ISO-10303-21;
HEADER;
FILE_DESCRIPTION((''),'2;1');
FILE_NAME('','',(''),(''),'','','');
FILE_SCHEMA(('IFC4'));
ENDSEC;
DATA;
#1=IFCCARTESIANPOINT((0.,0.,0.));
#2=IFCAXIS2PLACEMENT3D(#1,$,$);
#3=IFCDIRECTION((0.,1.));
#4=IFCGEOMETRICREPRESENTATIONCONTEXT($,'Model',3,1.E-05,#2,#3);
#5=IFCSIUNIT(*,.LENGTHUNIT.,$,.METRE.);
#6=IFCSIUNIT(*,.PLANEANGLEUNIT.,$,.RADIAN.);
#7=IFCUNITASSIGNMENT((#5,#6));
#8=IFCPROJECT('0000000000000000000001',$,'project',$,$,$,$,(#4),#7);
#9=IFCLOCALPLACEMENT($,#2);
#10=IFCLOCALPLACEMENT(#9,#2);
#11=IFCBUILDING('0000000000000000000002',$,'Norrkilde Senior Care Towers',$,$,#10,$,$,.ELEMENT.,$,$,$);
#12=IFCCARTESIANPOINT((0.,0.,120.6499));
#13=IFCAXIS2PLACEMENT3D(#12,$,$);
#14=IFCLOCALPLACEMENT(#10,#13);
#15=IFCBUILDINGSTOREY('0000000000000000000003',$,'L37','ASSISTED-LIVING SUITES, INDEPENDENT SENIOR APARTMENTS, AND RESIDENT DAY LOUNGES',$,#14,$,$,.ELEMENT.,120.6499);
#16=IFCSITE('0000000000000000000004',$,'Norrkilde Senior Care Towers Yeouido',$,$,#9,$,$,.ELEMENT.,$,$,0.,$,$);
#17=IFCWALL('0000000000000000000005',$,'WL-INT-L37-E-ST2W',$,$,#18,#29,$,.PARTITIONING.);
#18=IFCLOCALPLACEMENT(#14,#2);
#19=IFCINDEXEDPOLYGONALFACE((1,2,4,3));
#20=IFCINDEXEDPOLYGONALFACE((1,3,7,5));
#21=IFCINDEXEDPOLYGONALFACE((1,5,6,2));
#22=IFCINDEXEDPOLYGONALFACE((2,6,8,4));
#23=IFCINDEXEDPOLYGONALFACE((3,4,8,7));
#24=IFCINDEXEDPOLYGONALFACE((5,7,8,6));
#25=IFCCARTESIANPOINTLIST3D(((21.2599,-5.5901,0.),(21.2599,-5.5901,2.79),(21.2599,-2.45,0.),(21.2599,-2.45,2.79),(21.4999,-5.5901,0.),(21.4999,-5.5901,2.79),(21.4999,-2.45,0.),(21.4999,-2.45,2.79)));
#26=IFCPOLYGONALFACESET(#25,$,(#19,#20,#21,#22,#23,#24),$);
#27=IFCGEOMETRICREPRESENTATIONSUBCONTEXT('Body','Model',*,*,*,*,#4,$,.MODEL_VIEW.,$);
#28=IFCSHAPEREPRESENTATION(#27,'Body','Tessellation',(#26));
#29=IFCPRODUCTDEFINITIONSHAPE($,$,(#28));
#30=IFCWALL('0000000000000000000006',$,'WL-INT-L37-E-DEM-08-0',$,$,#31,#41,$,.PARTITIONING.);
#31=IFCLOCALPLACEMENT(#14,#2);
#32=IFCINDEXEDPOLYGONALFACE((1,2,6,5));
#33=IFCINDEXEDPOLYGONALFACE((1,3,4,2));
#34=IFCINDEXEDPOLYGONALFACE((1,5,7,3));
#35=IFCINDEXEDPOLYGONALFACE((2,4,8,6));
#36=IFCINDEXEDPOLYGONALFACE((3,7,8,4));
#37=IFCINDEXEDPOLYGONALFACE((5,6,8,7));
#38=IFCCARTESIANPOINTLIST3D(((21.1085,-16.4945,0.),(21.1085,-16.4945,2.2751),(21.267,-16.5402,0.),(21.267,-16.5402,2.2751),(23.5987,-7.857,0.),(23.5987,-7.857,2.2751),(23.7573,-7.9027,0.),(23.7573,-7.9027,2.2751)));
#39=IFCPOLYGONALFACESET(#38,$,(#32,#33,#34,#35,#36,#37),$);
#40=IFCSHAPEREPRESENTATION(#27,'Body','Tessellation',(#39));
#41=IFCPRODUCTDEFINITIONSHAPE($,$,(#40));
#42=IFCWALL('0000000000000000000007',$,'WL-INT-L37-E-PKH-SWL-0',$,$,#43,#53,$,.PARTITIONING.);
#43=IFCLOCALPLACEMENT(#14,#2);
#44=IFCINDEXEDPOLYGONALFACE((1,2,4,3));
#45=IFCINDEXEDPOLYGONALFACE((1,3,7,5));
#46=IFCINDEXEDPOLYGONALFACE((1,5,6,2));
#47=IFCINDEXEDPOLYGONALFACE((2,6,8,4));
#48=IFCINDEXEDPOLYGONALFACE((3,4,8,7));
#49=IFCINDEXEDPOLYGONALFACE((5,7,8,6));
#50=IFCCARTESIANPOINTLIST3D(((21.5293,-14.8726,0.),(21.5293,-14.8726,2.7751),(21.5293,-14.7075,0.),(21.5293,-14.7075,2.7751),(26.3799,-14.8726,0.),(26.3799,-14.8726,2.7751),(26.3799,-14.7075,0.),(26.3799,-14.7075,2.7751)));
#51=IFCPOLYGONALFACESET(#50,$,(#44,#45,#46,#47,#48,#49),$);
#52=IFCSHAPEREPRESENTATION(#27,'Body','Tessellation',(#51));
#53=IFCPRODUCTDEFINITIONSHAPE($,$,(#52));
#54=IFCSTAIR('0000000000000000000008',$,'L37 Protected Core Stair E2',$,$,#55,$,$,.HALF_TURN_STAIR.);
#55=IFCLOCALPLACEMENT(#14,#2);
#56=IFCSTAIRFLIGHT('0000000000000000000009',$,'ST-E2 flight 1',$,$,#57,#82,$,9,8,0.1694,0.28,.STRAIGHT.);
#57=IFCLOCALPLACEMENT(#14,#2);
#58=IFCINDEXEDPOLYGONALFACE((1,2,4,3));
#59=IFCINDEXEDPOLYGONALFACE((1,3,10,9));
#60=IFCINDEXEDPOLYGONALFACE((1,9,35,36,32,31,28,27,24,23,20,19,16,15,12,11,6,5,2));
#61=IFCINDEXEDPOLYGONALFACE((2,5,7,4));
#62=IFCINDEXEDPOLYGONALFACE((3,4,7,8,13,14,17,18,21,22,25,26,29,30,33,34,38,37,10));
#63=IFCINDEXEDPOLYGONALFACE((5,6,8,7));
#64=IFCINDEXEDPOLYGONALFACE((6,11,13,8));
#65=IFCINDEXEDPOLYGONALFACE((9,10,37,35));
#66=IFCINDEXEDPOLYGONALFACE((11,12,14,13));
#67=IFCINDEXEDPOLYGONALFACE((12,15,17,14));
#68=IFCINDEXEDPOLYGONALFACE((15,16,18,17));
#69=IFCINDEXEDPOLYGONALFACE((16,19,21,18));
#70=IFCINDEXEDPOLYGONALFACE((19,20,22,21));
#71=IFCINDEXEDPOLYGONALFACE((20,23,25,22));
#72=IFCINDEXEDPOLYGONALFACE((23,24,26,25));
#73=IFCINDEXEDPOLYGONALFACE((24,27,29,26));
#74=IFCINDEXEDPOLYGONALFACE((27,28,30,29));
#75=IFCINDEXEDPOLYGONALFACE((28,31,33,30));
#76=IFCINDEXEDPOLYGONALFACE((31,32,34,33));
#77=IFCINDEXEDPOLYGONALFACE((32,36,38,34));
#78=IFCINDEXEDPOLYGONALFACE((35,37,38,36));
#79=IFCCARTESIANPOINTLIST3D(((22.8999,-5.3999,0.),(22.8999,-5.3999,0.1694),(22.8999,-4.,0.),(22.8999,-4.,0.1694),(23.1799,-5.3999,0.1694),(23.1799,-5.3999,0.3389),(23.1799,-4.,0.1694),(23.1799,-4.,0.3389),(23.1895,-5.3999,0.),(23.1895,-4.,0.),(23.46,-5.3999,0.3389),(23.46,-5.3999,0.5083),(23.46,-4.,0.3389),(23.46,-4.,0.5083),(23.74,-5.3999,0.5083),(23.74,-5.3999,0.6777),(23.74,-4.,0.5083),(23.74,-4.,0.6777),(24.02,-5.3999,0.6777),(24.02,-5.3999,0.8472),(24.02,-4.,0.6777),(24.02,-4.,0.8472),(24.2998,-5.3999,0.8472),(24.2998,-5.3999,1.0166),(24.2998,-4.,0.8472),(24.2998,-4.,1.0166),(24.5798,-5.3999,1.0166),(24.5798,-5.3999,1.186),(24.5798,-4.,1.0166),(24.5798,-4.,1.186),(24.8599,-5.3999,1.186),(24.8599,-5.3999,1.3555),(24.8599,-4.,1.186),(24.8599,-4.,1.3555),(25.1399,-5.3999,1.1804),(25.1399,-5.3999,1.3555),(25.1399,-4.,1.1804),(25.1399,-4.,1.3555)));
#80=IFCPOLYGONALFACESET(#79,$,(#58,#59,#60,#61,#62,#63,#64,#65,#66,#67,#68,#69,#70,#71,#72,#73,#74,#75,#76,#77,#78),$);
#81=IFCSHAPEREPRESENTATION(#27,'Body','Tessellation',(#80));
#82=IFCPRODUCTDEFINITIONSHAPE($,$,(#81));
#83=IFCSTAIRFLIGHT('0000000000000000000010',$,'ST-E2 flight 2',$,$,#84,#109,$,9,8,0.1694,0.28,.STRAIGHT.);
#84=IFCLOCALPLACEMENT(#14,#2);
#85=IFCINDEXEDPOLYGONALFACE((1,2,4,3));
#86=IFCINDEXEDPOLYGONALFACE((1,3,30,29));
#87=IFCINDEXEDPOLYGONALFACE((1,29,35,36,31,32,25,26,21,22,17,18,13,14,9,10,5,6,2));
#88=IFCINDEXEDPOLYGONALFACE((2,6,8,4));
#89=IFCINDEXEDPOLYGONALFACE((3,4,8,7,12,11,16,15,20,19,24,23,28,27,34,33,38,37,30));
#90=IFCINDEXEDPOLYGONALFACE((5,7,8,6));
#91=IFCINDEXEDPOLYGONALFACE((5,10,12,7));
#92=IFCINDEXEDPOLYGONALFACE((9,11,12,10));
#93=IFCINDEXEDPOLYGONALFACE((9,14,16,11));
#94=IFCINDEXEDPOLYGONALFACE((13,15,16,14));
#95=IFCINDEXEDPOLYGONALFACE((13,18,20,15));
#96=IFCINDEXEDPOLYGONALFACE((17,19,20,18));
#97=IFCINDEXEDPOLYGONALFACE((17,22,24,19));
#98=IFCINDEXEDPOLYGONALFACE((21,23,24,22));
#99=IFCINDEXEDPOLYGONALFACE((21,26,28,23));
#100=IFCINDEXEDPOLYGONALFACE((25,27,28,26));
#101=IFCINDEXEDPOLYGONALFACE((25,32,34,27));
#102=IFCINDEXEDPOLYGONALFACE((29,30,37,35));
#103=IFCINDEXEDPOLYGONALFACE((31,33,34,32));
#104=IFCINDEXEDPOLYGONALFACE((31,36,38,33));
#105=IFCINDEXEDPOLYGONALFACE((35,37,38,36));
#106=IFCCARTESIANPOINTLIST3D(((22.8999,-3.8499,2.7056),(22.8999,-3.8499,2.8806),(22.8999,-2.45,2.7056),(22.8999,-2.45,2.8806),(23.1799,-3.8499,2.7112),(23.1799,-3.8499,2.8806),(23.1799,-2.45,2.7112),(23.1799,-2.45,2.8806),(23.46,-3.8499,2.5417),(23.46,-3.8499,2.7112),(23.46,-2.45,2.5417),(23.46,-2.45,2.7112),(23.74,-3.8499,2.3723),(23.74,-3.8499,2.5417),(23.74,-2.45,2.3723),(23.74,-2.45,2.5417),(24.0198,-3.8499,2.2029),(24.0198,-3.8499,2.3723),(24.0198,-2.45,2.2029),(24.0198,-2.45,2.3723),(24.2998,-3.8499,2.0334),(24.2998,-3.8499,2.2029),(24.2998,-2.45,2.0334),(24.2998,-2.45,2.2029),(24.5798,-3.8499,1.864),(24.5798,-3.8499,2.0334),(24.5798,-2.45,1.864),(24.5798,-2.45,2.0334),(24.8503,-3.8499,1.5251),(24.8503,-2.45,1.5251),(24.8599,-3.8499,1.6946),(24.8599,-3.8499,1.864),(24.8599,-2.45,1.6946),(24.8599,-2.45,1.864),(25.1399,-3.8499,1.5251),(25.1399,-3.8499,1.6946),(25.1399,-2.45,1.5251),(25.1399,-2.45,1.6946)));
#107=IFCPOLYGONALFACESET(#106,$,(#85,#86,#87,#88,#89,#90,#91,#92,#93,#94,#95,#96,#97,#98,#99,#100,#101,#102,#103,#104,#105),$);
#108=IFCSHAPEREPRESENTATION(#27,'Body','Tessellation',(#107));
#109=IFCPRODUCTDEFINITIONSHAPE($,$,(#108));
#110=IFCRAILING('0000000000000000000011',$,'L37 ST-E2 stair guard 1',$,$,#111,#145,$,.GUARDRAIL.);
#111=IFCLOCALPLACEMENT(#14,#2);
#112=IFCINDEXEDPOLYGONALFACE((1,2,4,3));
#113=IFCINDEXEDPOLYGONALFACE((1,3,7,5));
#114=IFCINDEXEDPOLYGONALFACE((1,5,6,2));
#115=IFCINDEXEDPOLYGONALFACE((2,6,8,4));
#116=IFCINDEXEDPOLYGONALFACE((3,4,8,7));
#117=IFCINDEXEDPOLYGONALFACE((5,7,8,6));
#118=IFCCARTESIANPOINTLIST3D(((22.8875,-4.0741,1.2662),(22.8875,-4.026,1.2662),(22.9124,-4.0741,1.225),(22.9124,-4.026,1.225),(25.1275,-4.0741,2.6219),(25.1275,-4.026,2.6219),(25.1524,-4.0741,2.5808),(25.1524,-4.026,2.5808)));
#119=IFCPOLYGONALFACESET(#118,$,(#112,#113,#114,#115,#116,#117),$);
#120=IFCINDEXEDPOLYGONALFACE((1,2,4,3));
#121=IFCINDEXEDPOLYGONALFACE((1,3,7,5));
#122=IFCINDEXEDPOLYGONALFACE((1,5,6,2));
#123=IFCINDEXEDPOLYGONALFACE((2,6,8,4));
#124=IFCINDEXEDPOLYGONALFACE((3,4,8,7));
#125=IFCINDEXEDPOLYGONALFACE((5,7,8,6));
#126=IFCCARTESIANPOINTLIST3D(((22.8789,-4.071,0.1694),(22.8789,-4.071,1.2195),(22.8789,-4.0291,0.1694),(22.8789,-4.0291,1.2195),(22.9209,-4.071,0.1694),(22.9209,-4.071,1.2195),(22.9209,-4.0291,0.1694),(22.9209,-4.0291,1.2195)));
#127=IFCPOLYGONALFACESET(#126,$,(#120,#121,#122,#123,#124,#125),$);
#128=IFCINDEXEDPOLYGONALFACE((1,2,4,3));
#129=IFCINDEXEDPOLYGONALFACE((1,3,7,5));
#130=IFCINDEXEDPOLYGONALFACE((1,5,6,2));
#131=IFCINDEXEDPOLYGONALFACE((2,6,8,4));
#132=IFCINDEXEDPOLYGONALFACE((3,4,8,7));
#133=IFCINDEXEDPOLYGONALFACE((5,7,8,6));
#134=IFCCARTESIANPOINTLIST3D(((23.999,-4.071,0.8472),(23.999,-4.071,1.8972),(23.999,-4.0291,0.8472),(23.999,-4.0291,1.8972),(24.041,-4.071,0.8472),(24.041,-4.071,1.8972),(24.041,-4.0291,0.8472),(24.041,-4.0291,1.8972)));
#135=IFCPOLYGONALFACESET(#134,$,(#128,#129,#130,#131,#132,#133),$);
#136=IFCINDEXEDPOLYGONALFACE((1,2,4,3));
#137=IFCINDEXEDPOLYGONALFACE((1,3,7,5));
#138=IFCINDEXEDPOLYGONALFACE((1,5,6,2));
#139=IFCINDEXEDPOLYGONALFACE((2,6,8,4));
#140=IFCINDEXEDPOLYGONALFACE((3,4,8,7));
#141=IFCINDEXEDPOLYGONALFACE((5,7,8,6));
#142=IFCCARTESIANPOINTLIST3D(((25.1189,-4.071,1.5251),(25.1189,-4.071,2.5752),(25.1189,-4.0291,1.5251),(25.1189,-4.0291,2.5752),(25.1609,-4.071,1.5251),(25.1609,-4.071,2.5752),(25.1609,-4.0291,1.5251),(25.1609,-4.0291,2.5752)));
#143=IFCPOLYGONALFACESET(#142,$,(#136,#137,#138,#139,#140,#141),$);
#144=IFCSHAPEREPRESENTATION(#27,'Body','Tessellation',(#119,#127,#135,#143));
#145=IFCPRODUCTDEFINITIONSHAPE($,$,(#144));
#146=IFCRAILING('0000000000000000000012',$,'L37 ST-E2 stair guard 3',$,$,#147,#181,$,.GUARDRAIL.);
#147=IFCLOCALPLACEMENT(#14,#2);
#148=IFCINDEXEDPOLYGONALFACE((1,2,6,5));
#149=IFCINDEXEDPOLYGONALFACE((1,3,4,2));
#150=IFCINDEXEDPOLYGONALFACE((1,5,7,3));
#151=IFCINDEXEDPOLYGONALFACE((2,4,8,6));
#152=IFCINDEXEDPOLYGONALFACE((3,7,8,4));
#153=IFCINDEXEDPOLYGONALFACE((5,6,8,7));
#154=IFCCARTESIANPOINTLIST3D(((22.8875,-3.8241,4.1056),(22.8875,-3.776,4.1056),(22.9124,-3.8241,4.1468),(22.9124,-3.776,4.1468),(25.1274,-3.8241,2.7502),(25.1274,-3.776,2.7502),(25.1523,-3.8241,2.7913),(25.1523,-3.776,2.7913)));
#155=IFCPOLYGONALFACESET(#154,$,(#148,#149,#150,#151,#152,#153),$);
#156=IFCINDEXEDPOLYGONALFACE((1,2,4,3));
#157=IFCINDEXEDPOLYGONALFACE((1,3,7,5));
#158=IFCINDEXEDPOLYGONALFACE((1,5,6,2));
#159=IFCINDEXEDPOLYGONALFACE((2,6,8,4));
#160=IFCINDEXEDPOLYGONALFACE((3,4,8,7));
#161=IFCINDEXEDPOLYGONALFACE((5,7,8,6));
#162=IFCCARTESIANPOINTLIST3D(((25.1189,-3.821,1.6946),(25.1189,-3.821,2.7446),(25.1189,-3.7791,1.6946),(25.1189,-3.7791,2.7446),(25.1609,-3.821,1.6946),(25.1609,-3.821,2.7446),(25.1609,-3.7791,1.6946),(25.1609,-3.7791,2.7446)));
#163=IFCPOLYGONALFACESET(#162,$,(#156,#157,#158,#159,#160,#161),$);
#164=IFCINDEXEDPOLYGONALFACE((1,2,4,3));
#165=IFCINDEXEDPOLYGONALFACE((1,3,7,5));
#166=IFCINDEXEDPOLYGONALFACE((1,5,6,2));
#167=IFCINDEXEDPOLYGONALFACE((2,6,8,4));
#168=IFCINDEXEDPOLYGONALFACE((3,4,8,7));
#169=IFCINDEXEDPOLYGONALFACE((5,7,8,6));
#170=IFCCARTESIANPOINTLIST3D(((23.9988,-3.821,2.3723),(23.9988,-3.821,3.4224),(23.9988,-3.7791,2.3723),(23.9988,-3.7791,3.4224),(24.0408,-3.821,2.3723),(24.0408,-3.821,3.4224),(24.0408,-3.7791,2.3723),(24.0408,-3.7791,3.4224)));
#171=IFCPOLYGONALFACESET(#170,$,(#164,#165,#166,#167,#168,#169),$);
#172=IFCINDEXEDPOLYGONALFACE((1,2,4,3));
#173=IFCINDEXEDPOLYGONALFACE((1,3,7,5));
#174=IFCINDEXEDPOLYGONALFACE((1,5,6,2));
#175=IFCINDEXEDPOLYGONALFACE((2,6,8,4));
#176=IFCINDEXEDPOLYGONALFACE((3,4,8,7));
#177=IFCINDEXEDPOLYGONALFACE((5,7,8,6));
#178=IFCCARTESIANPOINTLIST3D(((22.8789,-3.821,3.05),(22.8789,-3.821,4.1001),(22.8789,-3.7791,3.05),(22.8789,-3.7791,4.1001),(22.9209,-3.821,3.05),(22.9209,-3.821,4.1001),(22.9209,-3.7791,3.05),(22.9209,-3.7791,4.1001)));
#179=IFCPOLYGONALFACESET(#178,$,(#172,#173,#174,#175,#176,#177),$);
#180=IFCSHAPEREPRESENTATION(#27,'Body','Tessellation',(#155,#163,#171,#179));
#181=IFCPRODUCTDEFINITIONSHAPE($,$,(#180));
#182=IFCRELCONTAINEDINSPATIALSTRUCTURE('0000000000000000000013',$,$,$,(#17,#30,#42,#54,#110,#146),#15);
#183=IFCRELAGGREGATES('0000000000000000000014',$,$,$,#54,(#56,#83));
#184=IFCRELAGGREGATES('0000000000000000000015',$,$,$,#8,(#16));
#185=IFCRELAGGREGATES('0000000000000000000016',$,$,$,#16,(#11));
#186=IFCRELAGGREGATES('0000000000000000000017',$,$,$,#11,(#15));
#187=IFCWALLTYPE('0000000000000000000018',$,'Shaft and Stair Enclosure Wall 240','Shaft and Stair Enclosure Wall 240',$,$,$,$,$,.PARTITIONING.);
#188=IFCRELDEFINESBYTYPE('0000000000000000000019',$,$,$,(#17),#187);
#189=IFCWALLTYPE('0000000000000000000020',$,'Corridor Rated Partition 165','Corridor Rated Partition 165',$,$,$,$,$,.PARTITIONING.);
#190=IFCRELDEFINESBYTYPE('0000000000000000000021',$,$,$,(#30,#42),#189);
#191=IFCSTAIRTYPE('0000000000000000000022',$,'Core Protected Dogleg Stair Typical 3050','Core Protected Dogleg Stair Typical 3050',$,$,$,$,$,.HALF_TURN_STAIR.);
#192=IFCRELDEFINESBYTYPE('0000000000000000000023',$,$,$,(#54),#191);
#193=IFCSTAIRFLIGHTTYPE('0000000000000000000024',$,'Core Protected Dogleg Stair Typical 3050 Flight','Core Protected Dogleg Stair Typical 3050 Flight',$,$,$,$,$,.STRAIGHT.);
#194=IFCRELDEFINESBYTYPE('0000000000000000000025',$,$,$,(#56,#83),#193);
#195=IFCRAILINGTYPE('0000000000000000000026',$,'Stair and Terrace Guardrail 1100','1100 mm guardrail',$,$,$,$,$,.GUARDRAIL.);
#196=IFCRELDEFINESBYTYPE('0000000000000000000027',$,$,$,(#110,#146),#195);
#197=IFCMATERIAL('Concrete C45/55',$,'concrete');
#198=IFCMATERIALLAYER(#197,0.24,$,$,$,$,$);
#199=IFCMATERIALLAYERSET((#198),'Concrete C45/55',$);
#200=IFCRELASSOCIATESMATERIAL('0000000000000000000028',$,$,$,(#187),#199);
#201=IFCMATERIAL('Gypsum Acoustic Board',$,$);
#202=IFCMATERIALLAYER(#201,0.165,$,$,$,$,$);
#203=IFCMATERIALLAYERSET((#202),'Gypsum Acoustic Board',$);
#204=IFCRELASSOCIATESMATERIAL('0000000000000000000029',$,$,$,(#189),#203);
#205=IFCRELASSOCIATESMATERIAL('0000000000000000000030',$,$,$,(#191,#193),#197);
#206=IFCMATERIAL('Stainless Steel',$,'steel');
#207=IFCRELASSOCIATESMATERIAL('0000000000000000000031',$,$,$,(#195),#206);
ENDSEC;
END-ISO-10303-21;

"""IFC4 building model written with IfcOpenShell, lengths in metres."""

from ifc_helpers import new_model, si_unit, direction, frame, frame_2d, origin, origin_2d, place, context, subcontext, project, spatial, polyline, rectangle, outline, extrude, source, transform, mapped, material, layer, layer_set, type_object, type_shapes, element, aggregate, save


model = new_model("IFC4")

# Units and contexts
model_context = context("Model", 3, precision=1e-05, world=origin(), true_north=direction((0.0, 1.0)))
body_context = subcontext(model_context, "Body", "Model", "MODEL_VIEW")
ifc_project = project(units=[si_unit("LENGTHUNIT", "METRE"), si_unit("PLANEANGLEUNIT", "RADIAN")], contexts=[model_context])

# Site, building, storey
site_placement = place(None, origin())
site = spatial("IfcSite", under=ifc_project, at=site_placement, Name="Norrkilde Senior Care Towers Yeouido", CompositionType="ELEMENT", RefElevation=0.0)
building_placement = place(site_placement, origin())
building = spatial("IfcBuilding", under=site, at=building_placement, Name="Norrkilde Senior Care Towers", CompositionType="ELEMENT")
storey_placement = place(building_placement, frame((0.0, 0.0, 120.6499)))
storey = spatial("IfcBuildingStorey", under=building, at=storey_placement, Name="L37", Description="ASSISTED-LIVING SUITES, INDEPENDENT SENIOR APARTMENTS, AND RESIDENT DAY LOUNGES", CompositionType="ELEMENT", Elevation=120.6499)

# Shared definitions
ifc_material_1 = material(Name="Concrete C45/55", Category="concrete")

# Shared definitions
ifc_layer_1 = layer(ifc_material_1, 0.24)
ifc_layer_set_1 = layer_set([ifc_layer_1], Name="Concrete C45/55")
wall_type_1 = type_object("IfcWallType", Name="Shaft and Stair Enclosure Wall 240", Description="Shaft and Stair Enclosure Wall 240", PredefinedType="PARTITIONING", material=ifc_layer_set_1)

# Walls
shared_shape_1 = source(origin(), body_context, "Body", "SweptSolid", [
    extrude(rectangle(XDim=3.1401, YDim=0.24, at=frame_2d((1.5701, 0.0))), origin(), (0.0, 0.0, 1.0), 2.79),
])
wall_1_placement = place(storey_placement, frame((21.3799, -5.5901, 0.0), z_axis=(0.0, 0.0, 1.0), x_axis=(0.0, 1.0, 0.0)))
element("IfcWall", 1, at=wall_1_placement, inside=storey, type_object=wall_type_1, Name="WL-INT-L37-E-ST2W", PredefinedType="PARTITIONING", context=body_context, shape_type="MappedRepresentation", body=[
    mapped(shared_shape_1, transform((0.0, 0.0, 0.0), x_axis=(1.0, 0.0, 0.0), y_axis=(0.0, 1.0, 0.0), z_axis=(0.0, 0.0, 1.0), scale=1.0)),
])
ifc_material_2 = material(Name="Gypsum Acoustic Board")
ifc_layer_2 = layer(ifc_material_2, 0.165)
ifc_layer_set_2 = layer_set([ifc_layer_2], Name="Gypsum Acoustic Board")
wall_type_2 = type_object("IfcWallType", Name="Corridor Rated Partition 165", Description="Corridor Rated Partition 165", PredefinedType="PARTITIONING", material=ifc_layer_set_2)
shared_shape_2 = source(origin(), body_context, "Body", "SweptSolid", [
    extrude(rectangle(XDim=8.9893, YDim=0.165, at=frame_2d((4.4946, 0.0))), origin(), (0.0, 0.0, 1.0), 2.2751),
])
wall_2_placement = place(storey_placement, frame((23.678, -7.8799, 0.0), z_axis=(0.0, 0.0, 1.0), x_axis=(-0.277023, -0.960863, 0.0)))
element("IfcWall", 2, at=wall_2_placement, inside=storey, type_object=wall_type_2, Name="WL-INT-L37-E-DEM-08-0", PredefinedType="PARTITIONING", context=body_context, shape_type="MappedRepresentation", body=[
    mapped(shared_shape_2, transform((0.0, 0.0, 0.0), x_axis=(1.0, 0.0, 0.0), y_axis=(0.0, 1.0, 0.0), z_axis=(0.0, 0.0, 1.0), scale=1.0)),
])
shared_shape_3 = source(origin(), body_context, "Body", "SweptSolid", [
    extrude(rectangle(XDim=4.8506, YDim=0.165, at=frame_2d((2.4253, 0.0))), origin(), (0.0, 0.0, 1.0), 2.7751),
])
type_shapes(wall_type_2, [shared_shape_2, shared_shape_3])
wall_3_placement = place(storey_placement, frame((21.5293, -14.79, 0.0), z_axis=(0.0, 0.0, 1.0), x_axis=(1.0, 0.0, 0.0)))
element("IfcWall", 3, at=wall_3_placement, inside=storey, type_object=wall_type_2, Name="WL-INT-L37-E-PKH-SWL-0", PredefinedType="PARTITIONING", context=body_context, shape_type="MappedRepresentation", body=[
    mapped(shared_shape_3, transform((0.0, 0.0, 0.0), x_axis=(1.0, 0.0, 0.0), y_axis=(0.0, 1.0, 0.0), z_axis=(0.0, 0.0, 1.0), scale=1.0)),
])

# Stair, stair flights
stair_type = type_object("IfcStairType", Name="Core Protected Dogleg Stair Typical 3050", Description="Core Protected Dogleg Stair Typical 3050", PredefinedType="HALF_TURN_STAIR", material=ifc_material_1)
stair_placement = place(storey_placement, origin())
stair = element("IfcStair", 4, at=stair_placement, inside=storey, type_object=stair_type, Name="L37 Protected Core Stair E2", PredefinedType="HALF_TURN_STAIR")
stair_flight_type = type_object("IfcStairFlightType", Name="Core Protected Dogleg Stair Typical 3050 Flight", Description="Core Protected Dogleg Stair Typical 3050 Flight", PredefinedType="STRAIGHT", material=ifc_material_1)
stair_flight_1_placement = place(storey_placement, frame((22.8999, -4.7, 0.0), z_axis=(0.0, 0.0, 1.0), x_axis=(1.0, 0.0, 0.0)))
stair_flight_1 = element("IfcStairFlight", 5, at=stair_flight_1_placement, type_object=stair_flight_type, Name="ST-E2 flight 1", NumberOfRisers=9, NumberOfTreads=8, PredefinedType="STRAIGHT", RiserHeight=0.1694, TreadLength=0.28, context=body_context, shape_type="SweptSolid", body=[
    extrude(outline(polyline([(0.0, 0.0), (0.0, 0.1694), (0.28, 0.1694), (0.28, 0.3389), (0.5601, 0.3389), (0.5601, 0.5083), (0.8401, 0.5083), (0.8401, 0.6777), (1.1201, 0.6777), (1.1201, 0.8472), (1.3999, 0.8472), (1.3999, 1.0166), (1.6799, 1.0166), (1.6799, 1.186), (1.96, 1.186), (1.96, 1.3555), (2.24, 1.3555), (2.24, 1.5249), (2.24, 1.1804), (0.2896, 0.0), (0.0, 0.0)])), frame((0.0, 0.7, 0.0), z_axis=(0.0, -1.0, 0.0), x_axis=(1.0, 0.0, 0.0)), (0.0, 0.0, 1.0), 1.3999),
])
stair_flight_2_placement = place(storey_placement, frame((25.1399, -3.1499, 1.5251), z_axis=(0.0, 0.0, 1.0), x_axis=(-1.0, 0.0, 0.0)))
stair_flight_2 = element("IfcStairFlight", 6, at=stair_flight_2_placement, type_object=stair_flight_type, Name="ST-E2 flight 2", NumberOfRisers=9, NumberOfTreads=8, PredefinedType="STRAIGHT", RiserHeight=0.1694, TreadLength=0.28, context=body_context, shape_type="SweptSolid", body=[
    extrude(outline(polyline([(0.0, 0.0), (0.0, 0.1694), (0.28, 0.1694), (0.28, 0.3389), (0.5601, 0.3389), (0.5601, 0.5083), (0.8401, 0.5083), (0.8401, 0.6777), (1.1201, 0.6777), (1.1201, 0.8472), (1.3999, 0.8472), (1.3999, 1.0166), (1.6799, 1.0166), (1.6799, 1.186), (1.96, 1.186), (1.96, 1.3555), (2.24, 1.3555), (2.24, 1.5249), (2.24, 1.1804), (0.2896, 0.0), (0.0, 0.0)])), frame((0.0, 0.7, 0.0), z_axis=(0.0, -1.0, 0.0), x_axis=(1.0, 0.0, 0.0)), (0.0, 0.0, 1.0), 1.3999),
])
aggregate(stair, [stair_flight_1, stair_flight_2])

# Railings
ifc_material_3 = material(Name="Stainless Steel", Category="steel")
railing_type_1 = type_object("IfcRailingType", Name="Stair and Terrace Guardrail 1100", Description="1100 mm guardrail", PredefinedType="GUARDRAIL", material=ifc_material_3)
railing_1_placement = place(storey_placement, frame((22.8999, -4.05, 0.1694)))
element("IfcRailing", 7, at=railing_1_placement, inside=storey, type_object=railing_type_1, Name="L37 ST-E2 stair guard 1", PredefinedType="GUARDRAIL", context=body_context, shape_type="SweptSolid", body=[
    extrude(rectangle(XDim=0.0481, YDim=0.0481, at=origin_2d()), frame((0.0, 0.0, 1.0762), z_axis=(0.855512, 0.0, 0.517783), x_axis=(0.0, 1.0, 0.0)), (0.0, 0.0, 1.0), 2.6184),
    extrude(rectangle(XDim=0.042, YDim=0.042, at=origin_2d()), origin(), (0.0, 0.0, 1.0), 1.05),
    extrude(rectangle(XDim=0.042, YDim=0.042, at=origin_2d()), frame((1.1201, 0.0, 0.6777)), (0.0, 0.0, 1.0), 1.05),
    extrude(rectangle(XDim=0.042, YDim=0.042, at=origin_2d()), frame((2.24, 0.0, 1.3557)), (0.0, 0.0, 1.0), 1.05),
])
railing_2_placement = place(storey_placement, frame((25.1399, -3.8, 1.6946)))
element("IfcRailing", 8, at=railing_2_placement, inside=storey, type_object=railing_type_1, Name="L37 ST-E2 stair guard 3", PredefinedType="GUARDRAIL", context=body_context, shape_type="SweptSolid", body=[
    extrude(rectangle(XDim=0.0481, YDim=0.0481, at=origin_2d()), frame((0.0, 0.0, 1.0762), z_axis=(-0.855553, 0.0, 0.517715), x_axis=(0.0, -1.0, 0.0)), (0.0, 0.0, 1.0), 2.6182),
    extrude(rectangle(XDim=0.042, YDim=0.042, at=origin_2d()), origin(), (0.0, 0.0, 1.0), 1.05),
    extrude(rectangle(XDim=0.042, YDim=0.042, at=origin_2d()), frame((-1.1201, 0.0, 0.6777)), (0.0, 0.0, 1.0), 1.05),
    extrude(rectangle(XDim=0.042, YDim=0.042, at=origin_2d()), frame((-2.24, 0.0, 1.3555)), (0.0, 0.0, 1.0), 1.05),
])

save(model, "model.ifc")
